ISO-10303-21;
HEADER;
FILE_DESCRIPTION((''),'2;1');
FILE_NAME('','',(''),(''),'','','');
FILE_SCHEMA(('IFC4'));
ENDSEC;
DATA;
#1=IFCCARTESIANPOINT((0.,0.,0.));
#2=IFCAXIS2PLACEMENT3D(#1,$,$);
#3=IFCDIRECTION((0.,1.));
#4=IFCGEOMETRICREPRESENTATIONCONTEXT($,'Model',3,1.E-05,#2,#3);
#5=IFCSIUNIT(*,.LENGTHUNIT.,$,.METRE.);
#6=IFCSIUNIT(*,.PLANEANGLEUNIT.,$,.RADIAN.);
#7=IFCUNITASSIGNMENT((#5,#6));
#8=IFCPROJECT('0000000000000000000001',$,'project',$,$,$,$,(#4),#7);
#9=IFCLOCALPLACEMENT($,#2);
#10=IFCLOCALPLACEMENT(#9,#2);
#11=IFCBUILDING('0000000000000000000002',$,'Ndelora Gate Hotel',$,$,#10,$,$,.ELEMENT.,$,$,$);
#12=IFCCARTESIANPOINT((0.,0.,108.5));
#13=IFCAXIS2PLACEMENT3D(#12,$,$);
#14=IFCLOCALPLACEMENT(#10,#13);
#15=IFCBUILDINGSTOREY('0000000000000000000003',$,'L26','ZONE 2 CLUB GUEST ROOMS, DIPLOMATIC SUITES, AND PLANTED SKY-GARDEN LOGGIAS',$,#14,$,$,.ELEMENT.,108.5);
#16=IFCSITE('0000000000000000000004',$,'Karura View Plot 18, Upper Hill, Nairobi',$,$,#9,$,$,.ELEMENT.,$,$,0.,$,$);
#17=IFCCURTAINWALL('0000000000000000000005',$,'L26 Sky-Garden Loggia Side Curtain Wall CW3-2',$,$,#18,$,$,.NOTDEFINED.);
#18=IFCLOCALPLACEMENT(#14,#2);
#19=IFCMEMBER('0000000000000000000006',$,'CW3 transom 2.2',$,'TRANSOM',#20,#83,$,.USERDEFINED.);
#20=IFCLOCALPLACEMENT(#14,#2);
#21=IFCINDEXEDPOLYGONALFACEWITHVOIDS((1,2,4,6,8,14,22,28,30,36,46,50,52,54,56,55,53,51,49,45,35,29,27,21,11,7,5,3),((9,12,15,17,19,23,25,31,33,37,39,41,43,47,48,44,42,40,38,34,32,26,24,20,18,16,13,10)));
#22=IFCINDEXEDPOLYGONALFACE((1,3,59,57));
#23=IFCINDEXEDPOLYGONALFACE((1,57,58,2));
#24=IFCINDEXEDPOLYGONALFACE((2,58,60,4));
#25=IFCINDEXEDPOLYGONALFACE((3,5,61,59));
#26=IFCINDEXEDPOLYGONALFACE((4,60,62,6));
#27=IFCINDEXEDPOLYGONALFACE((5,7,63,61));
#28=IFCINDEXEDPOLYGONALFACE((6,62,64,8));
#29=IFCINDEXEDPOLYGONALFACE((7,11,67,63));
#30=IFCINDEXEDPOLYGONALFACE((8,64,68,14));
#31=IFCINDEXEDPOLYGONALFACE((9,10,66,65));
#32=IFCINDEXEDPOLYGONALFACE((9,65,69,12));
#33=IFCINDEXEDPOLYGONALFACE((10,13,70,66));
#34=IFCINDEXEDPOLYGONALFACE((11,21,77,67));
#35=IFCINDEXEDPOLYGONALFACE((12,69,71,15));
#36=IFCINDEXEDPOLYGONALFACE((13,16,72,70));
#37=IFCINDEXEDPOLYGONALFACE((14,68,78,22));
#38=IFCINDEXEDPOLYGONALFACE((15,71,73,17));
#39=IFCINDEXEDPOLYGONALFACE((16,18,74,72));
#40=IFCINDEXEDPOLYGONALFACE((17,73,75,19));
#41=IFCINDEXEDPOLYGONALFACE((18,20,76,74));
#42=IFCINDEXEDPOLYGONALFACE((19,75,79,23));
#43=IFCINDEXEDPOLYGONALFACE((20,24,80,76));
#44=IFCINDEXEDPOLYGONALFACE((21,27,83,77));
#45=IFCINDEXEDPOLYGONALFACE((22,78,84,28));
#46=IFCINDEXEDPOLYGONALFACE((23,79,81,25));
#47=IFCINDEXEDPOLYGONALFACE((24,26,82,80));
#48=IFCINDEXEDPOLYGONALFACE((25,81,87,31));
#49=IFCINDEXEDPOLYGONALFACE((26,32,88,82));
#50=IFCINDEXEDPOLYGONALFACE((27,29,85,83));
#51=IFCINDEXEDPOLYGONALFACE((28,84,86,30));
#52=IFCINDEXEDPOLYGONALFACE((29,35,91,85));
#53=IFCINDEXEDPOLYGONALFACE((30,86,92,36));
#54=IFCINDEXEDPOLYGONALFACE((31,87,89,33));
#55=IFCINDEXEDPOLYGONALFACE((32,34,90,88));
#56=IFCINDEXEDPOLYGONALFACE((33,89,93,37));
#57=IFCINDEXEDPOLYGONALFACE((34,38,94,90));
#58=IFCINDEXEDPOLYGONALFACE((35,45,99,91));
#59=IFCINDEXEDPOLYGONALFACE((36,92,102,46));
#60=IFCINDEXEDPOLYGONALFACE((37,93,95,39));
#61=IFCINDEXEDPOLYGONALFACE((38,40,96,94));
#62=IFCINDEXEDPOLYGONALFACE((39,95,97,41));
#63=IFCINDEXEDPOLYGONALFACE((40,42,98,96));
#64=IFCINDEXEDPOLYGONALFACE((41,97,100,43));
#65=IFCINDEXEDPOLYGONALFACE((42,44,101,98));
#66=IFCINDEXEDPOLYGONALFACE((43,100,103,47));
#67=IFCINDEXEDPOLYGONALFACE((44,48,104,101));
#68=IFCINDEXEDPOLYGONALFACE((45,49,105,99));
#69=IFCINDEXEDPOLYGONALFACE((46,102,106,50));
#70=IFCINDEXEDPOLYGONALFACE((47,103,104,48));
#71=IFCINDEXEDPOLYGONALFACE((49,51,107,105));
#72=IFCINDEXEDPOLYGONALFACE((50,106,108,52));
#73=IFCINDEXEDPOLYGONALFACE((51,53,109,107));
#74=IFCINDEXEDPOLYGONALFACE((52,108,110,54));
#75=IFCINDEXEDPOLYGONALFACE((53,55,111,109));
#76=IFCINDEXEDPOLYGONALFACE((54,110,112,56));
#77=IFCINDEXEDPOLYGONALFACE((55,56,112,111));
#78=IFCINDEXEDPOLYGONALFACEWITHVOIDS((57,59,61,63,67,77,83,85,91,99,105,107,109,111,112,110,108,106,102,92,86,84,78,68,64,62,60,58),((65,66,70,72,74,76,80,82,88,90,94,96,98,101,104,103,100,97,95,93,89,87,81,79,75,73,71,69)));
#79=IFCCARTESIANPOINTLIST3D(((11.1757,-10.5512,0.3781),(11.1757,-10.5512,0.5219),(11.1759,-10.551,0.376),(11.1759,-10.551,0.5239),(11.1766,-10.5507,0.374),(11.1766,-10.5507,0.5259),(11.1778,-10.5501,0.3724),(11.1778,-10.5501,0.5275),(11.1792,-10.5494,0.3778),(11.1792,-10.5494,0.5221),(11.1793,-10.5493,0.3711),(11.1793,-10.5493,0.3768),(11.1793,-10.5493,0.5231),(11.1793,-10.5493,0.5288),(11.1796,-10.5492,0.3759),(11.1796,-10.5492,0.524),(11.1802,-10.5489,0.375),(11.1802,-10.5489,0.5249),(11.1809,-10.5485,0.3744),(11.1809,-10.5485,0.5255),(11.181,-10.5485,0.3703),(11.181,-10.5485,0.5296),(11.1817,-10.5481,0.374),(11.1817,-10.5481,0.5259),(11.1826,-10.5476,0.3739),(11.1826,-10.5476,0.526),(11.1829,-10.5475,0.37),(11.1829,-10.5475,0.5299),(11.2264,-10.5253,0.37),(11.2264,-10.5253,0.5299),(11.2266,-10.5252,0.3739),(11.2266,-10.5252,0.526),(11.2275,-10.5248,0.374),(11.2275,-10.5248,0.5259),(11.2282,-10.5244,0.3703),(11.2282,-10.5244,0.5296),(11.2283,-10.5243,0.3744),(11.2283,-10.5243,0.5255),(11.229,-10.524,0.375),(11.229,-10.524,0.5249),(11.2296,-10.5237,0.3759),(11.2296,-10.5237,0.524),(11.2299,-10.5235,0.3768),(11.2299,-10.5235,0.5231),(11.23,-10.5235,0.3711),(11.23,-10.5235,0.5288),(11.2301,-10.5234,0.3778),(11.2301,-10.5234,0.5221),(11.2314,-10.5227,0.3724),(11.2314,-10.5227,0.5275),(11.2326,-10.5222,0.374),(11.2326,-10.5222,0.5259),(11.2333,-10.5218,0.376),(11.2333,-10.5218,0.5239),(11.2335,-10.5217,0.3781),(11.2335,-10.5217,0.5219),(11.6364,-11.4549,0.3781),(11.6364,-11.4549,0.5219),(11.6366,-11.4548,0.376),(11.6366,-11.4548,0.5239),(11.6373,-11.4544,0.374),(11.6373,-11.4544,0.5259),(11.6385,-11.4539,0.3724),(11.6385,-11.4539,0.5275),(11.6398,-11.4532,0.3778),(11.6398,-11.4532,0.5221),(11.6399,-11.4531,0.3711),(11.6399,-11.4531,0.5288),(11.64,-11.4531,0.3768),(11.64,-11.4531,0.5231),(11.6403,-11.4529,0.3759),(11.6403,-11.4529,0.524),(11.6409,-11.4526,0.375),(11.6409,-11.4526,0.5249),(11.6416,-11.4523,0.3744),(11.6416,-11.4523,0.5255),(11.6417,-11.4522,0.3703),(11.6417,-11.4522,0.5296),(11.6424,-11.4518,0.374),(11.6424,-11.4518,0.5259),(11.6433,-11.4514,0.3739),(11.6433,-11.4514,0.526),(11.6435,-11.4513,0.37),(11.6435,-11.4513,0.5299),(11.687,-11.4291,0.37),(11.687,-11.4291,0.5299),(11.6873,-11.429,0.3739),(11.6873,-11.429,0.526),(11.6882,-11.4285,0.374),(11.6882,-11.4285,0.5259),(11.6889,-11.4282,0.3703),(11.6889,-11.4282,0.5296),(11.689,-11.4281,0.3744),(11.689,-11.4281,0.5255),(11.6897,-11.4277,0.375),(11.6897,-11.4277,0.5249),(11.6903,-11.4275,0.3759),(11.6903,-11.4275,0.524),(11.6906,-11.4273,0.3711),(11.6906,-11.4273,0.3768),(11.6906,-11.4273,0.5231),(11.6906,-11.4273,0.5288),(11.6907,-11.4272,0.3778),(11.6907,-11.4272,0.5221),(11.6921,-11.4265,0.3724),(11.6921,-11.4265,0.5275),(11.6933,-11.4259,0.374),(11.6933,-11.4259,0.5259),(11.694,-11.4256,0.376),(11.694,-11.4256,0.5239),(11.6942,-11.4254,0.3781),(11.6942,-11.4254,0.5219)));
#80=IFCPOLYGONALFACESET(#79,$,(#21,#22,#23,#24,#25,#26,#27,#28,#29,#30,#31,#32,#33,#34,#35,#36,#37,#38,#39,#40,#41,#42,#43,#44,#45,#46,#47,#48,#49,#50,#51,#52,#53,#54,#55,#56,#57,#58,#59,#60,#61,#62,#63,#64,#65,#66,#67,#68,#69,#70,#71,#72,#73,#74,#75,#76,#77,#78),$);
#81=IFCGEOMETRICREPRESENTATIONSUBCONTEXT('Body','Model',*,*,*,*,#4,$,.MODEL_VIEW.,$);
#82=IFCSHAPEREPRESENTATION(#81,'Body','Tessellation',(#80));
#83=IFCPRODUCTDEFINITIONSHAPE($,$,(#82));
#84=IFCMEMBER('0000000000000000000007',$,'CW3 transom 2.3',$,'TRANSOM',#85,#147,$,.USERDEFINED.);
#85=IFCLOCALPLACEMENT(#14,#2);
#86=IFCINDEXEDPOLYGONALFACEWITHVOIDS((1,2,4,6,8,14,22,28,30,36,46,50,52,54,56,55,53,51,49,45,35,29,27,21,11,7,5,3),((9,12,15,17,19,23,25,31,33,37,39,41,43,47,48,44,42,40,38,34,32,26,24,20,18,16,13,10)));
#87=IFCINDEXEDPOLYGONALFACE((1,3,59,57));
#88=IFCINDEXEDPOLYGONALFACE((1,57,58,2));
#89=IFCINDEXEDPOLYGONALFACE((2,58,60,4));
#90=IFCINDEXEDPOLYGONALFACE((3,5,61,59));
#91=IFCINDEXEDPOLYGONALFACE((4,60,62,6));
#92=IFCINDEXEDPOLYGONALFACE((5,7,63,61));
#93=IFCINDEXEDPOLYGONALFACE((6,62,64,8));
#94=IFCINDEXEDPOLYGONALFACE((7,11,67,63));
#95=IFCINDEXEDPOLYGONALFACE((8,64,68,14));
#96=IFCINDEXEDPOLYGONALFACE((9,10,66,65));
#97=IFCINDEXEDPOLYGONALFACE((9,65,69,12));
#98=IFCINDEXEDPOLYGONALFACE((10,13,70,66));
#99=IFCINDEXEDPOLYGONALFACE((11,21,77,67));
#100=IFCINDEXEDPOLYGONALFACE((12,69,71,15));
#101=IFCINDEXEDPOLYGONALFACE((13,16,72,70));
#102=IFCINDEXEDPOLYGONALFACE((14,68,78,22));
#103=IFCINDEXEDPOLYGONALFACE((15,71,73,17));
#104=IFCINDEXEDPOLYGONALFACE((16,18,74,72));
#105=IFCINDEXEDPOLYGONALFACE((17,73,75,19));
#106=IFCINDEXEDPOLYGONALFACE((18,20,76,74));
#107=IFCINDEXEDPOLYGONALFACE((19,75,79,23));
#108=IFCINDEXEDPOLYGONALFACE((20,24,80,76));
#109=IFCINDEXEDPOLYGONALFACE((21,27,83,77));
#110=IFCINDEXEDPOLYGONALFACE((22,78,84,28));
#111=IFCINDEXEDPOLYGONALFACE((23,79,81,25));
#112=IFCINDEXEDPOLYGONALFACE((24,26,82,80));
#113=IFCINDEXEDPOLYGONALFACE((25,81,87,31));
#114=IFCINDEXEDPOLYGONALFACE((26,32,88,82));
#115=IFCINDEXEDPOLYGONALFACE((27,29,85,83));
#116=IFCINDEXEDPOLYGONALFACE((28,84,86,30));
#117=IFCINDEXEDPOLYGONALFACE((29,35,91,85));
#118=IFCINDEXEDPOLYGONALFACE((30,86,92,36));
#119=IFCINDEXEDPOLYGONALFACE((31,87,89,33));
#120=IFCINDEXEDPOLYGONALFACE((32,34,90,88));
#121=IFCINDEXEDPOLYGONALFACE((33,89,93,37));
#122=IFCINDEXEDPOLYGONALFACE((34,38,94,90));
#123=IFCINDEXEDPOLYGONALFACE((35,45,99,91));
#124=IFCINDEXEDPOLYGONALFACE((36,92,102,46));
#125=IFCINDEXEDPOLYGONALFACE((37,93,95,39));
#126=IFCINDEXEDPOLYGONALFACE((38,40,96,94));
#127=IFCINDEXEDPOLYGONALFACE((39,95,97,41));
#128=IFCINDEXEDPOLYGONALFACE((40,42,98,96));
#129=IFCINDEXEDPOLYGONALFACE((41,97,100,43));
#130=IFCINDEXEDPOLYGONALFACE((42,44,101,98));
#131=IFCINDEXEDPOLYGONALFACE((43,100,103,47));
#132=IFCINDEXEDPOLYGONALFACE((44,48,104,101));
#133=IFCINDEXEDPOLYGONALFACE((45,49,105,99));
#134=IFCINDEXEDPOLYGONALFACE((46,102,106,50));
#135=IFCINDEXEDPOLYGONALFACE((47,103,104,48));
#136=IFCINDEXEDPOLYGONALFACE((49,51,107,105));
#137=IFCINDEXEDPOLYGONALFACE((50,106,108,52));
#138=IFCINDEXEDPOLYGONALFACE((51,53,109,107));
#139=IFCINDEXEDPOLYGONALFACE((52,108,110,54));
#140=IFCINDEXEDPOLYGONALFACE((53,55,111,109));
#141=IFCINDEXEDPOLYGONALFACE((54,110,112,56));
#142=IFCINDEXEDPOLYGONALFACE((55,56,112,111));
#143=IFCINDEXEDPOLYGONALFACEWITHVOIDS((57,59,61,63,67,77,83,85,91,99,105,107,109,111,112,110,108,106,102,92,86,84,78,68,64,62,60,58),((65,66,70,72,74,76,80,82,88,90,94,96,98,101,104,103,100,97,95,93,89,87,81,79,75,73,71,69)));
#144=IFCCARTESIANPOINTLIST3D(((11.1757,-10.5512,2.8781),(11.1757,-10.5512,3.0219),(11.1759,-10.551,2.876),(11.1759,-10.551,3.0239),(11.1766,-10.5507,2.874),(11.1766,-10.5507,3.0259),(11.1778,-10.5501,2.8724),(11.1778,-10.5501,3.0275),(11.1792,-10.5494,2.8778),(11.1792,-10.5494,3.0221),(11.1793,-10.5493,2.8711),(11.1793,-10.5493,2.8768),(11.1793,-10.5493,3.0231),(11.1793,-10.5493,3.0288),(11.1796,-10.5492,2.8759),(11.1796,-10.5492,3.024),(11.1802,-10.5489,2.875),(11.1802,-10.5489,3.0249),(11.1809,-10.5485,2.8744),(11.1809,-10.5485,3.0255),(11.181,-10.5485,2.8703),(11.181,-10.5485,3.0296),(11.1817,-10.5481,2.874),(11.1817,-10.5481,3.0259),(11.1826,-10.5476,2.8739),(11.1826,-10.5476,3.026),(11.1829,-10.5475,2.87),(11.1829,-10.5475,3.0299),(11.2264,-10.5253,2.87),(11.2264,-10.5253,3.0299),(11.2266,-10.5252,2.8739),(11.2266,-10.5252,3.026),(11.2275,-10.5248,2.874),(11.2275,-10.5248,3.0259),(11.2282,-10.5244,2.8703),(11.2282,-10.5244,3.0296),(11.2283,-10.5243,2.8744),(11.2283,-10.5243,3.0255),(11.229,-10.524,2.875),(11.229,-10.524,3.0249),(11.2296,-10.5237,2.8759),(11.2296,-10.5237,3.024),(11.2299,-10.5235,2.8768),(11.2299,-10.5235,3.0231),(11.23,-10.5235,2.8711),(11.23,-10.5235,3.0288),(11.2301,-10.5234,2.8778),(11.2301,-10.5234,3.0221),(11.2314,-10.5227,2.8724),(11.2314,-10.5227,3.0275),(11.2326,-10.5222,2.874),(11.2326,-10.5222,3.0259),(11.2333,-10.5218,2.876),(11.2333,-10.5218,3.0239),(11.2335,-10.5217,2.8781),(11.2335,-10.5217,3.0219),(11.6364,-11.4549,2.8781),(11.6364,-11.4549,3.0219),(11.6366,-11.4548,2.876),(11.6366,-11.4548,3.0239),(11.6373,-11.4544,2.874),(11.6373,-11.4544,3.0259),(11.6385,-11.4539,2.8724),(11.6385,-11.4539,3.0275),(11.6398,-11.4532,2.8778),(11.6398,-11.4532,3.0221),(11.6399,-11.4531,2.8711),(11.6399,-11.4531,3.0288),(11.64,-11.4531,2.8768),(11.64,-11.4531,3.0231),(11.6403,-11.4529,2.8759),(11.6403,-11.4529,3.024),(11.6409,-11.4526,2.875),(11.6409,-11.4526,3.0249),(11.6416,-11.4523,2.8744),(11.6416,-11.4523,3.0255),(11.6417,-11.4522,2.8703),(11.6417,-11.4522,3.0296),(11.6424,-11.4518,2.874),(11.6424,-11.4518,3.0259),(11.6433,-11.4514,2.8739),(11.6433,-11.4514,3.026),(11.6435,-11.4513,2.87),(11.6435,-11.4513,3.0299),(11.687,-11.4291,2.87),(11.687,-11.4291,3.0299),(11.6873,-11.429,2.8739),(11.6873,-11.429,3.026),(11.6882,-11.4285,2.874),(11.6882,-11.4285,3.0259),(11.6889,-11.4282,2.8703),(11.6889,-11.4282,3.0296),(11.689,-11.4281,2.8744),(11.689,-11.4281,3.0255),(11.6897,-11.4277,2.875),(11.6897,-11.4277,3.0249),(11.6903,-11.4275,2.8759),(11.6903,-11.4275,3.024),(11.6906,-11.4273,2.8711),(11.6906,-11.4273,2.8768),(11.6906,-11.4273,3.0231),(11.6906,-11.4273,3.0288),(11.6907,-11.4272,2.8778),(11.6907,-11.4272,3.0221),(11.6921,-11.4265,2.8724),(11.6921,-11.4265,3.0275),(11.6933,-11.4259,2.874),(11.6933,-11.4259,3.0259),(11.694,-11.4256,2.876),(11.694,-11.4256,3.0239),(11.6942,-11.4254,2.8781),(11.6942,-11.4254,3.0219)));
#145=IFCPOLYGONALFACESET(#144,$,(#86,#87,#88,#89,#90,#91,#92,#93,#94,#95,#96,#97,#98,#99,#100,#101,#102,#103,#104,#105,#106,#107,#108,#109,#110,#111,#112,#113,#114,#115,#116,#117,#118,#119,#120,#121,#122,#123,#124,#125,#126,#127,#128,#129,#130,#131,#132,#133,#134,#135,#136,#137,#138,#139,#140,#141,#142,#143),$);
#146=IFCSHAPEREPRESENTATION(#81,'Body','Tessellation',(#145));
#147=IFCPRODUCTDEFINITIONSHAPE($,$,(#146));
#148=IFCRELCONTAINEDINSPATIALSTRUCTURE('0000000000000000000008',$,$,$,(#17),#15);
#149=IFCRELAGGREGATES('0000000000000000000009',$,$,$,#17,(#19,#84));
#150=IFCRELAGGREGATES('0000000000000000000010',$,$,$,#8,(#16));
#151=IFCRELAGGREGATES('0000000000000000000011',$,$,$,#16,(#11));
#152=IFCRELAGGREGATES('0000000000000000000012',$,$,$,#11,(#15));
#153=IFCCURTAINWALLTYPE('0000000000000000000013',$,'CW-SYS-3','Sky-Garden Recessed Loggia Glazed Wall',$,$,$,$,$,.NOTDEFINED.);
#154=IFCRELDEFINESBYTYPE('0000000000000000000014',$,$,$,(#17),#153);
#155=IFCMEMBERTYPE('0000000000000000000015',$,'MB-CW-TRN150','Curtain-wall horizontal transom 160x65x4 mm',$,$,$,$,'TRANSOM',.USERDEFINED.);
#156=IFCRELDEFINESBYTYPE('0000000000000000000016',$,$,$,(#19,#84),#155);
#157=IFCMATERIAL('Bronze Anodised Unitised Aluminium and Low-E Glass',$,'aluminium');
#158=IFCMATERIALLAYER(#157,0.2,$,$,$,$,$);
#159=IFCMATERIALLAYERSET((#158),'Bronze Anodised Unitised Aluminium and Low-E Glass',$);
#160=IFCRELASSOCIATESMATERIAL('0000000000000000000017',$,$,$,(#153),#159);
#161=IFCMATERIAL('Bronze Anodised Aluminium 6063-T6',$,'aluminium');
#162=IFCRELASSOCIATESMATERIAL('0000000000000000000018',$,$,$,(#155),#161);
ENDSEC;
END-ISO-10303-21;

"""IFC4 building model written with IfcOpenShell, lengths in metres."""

from ifc_helpers import new_model, si_unit, direction, frame, origin, origin_2d, place, context, subcontext, project, spatial, hollow_rectangle, extrude, material, layer, layer_set, material_profile, profile_set, type_object, element, aggregate, save


model = new_model("IFC4")

# Units and contexts
model_context = context("Model", 3, precision=1e-05, world=origin(), true_north=direction((0.0, 1.0)))
body_context = subcontext(model_context, "Body", "Model", "MODEL_VIEW")
ifc_project = project(units=[si_unit("LENGTHUNIT", "METRE"), si_unit("PLANEANGLEUNIT", "RADIAN")], contexts=[model_context])

# Site, building, storey
site_placement = place(None, origin())
site = spatial("IfcSite", under=ifc_project, at=site_placement, Name="Karura View Plot 18, Upper Hill, Nairobi", CompositionType="ELEMENT", RefElevation=0.0)
building_placement = place(site_placement, origin())
building = spatial("IfcBuilding", under=site, at=building_placement, Name="Ndelora Gate Hotel", CompositionType="ELEMENT")
storey_placement = place(building_placement, frame((0.0, 0.0, 108.5)))
storey = spatial("IfcBuildingStorey", under=building, at=storey_placement, Name="L26", Description="ZONE 2 CLUB GUEST ROOMS, DIPLOMATIC SUITES, AND PLANTED SKY-GARDEN LOGGIAS", CompositionType="ELEMENT", Elevation=108.5)

# Curtain wall, members
ifc_material_1 = material(Name="Bronze Anodised Unitised Aluminium and Low-E Glass", Category="aluminium")
ifc_layer_1 = layer(ifc_material_1, 0.2)
ifc_layer_set_1 = layer_set([ifc_layer_1], Name="Bronze Anodised Unitised Aluminium and Low-E Glass")
curtain_wall_type = type_object("IfcCurtainWallType", Name="CW-SYS-3", Description="Sky-Garden Recessed Loggia Glazed Wall", PredefinedType="NOTDEFINED", material=ifc_layer_set_1)
curtain_wall_placement = place(storey_placement, origin())
curtain_wall = element("IfcCurtainWall", 1, at=curtain_wall_placement, inside=storey, type_object=curtain_wall_type, Name="L26 Sky-Garden Loggia Side Curtain Wall CW3-2", PredefinedType="NOTDEFINED")
ifc_material_2 = material(Name="Bronze Anodised Aluminium 6063-T6", Category="aluminium")
ifc_material_profile_1 = material_profile(ifc_material_2, hollow_rectangle(XDim=0.0649, YDim=0.1599, WallThickness=0.0039, InnerFilletRadius=0.0039, OuterFilletRadius=0.0081, at=origin_2d()), Name="ALU 160x65x4")
ifc_profile_set_1 = profile_set([ifc_material_profile_1], Name="Bronze Anodised Aluminium 6063-T6")
member_type_1 = type_object("IfcMemberType", Name="MB-CW-TRN150", Description="Curtain-wall horizontal transom 160x65x4 mm", ElementType="TRANSOM", PredefinedType="USERDEFINED", material=ifc_profile_set_1)
member_1_placement = place(storey_placement, frame((11.6653, -11.4402, 0.45), z_axis=(-0.454131, 0.890935, 0.0), x_axis=(-0.890935, -0.454131, 0.0)))
member_1 = element("IfcMember", 2, at=member_1_placement, type_object=member_type_1, Name="CW3 transom 2.2", ObjectType="TRANSOM", PredefinedType="USERDEFINED", context=body_context, shape_type="SweptSolid", body=[
    extrude(hollow_rectangle(XDim=0.0649, YDim=0.1599, WallThickness=0.0039, InnerFilletRadius=0.0039, OuterFilletRadius=0.0081, at=origin_2d()), origin(), (0.0, 0.0, 1.0), 1.0144),
])
member_2_placement = place(storey_placement, frame((11.6653, -11.4402, 2.95), z_axis=(-0.454131, 0.890935, 0.0), x_axis=(-0.890935, -0.454131, 0.0)))
member_2 = element("IfcMember", 3, at=member_2_placement, type_object=member_type_1, Name="CW3 transom 2.3", ObjectType="TRANSOM", PredefinedType="USERDEFINED", context=body_context, shape_type="SweptSolid", body=[
    extrude(hollow_rectangle(XDim=0.0649, YDim=0.1599, WallThickness=0.0039, InnerFilletRadius=0.0039, OuterFilletRadius=0.0081, at=origin_2d()), origin(), (0.0, 0.0, 1.0), 1.0144),
])
aggregate(curtain_wall, [member_1, member_2])

save(model, "model.ifc")
